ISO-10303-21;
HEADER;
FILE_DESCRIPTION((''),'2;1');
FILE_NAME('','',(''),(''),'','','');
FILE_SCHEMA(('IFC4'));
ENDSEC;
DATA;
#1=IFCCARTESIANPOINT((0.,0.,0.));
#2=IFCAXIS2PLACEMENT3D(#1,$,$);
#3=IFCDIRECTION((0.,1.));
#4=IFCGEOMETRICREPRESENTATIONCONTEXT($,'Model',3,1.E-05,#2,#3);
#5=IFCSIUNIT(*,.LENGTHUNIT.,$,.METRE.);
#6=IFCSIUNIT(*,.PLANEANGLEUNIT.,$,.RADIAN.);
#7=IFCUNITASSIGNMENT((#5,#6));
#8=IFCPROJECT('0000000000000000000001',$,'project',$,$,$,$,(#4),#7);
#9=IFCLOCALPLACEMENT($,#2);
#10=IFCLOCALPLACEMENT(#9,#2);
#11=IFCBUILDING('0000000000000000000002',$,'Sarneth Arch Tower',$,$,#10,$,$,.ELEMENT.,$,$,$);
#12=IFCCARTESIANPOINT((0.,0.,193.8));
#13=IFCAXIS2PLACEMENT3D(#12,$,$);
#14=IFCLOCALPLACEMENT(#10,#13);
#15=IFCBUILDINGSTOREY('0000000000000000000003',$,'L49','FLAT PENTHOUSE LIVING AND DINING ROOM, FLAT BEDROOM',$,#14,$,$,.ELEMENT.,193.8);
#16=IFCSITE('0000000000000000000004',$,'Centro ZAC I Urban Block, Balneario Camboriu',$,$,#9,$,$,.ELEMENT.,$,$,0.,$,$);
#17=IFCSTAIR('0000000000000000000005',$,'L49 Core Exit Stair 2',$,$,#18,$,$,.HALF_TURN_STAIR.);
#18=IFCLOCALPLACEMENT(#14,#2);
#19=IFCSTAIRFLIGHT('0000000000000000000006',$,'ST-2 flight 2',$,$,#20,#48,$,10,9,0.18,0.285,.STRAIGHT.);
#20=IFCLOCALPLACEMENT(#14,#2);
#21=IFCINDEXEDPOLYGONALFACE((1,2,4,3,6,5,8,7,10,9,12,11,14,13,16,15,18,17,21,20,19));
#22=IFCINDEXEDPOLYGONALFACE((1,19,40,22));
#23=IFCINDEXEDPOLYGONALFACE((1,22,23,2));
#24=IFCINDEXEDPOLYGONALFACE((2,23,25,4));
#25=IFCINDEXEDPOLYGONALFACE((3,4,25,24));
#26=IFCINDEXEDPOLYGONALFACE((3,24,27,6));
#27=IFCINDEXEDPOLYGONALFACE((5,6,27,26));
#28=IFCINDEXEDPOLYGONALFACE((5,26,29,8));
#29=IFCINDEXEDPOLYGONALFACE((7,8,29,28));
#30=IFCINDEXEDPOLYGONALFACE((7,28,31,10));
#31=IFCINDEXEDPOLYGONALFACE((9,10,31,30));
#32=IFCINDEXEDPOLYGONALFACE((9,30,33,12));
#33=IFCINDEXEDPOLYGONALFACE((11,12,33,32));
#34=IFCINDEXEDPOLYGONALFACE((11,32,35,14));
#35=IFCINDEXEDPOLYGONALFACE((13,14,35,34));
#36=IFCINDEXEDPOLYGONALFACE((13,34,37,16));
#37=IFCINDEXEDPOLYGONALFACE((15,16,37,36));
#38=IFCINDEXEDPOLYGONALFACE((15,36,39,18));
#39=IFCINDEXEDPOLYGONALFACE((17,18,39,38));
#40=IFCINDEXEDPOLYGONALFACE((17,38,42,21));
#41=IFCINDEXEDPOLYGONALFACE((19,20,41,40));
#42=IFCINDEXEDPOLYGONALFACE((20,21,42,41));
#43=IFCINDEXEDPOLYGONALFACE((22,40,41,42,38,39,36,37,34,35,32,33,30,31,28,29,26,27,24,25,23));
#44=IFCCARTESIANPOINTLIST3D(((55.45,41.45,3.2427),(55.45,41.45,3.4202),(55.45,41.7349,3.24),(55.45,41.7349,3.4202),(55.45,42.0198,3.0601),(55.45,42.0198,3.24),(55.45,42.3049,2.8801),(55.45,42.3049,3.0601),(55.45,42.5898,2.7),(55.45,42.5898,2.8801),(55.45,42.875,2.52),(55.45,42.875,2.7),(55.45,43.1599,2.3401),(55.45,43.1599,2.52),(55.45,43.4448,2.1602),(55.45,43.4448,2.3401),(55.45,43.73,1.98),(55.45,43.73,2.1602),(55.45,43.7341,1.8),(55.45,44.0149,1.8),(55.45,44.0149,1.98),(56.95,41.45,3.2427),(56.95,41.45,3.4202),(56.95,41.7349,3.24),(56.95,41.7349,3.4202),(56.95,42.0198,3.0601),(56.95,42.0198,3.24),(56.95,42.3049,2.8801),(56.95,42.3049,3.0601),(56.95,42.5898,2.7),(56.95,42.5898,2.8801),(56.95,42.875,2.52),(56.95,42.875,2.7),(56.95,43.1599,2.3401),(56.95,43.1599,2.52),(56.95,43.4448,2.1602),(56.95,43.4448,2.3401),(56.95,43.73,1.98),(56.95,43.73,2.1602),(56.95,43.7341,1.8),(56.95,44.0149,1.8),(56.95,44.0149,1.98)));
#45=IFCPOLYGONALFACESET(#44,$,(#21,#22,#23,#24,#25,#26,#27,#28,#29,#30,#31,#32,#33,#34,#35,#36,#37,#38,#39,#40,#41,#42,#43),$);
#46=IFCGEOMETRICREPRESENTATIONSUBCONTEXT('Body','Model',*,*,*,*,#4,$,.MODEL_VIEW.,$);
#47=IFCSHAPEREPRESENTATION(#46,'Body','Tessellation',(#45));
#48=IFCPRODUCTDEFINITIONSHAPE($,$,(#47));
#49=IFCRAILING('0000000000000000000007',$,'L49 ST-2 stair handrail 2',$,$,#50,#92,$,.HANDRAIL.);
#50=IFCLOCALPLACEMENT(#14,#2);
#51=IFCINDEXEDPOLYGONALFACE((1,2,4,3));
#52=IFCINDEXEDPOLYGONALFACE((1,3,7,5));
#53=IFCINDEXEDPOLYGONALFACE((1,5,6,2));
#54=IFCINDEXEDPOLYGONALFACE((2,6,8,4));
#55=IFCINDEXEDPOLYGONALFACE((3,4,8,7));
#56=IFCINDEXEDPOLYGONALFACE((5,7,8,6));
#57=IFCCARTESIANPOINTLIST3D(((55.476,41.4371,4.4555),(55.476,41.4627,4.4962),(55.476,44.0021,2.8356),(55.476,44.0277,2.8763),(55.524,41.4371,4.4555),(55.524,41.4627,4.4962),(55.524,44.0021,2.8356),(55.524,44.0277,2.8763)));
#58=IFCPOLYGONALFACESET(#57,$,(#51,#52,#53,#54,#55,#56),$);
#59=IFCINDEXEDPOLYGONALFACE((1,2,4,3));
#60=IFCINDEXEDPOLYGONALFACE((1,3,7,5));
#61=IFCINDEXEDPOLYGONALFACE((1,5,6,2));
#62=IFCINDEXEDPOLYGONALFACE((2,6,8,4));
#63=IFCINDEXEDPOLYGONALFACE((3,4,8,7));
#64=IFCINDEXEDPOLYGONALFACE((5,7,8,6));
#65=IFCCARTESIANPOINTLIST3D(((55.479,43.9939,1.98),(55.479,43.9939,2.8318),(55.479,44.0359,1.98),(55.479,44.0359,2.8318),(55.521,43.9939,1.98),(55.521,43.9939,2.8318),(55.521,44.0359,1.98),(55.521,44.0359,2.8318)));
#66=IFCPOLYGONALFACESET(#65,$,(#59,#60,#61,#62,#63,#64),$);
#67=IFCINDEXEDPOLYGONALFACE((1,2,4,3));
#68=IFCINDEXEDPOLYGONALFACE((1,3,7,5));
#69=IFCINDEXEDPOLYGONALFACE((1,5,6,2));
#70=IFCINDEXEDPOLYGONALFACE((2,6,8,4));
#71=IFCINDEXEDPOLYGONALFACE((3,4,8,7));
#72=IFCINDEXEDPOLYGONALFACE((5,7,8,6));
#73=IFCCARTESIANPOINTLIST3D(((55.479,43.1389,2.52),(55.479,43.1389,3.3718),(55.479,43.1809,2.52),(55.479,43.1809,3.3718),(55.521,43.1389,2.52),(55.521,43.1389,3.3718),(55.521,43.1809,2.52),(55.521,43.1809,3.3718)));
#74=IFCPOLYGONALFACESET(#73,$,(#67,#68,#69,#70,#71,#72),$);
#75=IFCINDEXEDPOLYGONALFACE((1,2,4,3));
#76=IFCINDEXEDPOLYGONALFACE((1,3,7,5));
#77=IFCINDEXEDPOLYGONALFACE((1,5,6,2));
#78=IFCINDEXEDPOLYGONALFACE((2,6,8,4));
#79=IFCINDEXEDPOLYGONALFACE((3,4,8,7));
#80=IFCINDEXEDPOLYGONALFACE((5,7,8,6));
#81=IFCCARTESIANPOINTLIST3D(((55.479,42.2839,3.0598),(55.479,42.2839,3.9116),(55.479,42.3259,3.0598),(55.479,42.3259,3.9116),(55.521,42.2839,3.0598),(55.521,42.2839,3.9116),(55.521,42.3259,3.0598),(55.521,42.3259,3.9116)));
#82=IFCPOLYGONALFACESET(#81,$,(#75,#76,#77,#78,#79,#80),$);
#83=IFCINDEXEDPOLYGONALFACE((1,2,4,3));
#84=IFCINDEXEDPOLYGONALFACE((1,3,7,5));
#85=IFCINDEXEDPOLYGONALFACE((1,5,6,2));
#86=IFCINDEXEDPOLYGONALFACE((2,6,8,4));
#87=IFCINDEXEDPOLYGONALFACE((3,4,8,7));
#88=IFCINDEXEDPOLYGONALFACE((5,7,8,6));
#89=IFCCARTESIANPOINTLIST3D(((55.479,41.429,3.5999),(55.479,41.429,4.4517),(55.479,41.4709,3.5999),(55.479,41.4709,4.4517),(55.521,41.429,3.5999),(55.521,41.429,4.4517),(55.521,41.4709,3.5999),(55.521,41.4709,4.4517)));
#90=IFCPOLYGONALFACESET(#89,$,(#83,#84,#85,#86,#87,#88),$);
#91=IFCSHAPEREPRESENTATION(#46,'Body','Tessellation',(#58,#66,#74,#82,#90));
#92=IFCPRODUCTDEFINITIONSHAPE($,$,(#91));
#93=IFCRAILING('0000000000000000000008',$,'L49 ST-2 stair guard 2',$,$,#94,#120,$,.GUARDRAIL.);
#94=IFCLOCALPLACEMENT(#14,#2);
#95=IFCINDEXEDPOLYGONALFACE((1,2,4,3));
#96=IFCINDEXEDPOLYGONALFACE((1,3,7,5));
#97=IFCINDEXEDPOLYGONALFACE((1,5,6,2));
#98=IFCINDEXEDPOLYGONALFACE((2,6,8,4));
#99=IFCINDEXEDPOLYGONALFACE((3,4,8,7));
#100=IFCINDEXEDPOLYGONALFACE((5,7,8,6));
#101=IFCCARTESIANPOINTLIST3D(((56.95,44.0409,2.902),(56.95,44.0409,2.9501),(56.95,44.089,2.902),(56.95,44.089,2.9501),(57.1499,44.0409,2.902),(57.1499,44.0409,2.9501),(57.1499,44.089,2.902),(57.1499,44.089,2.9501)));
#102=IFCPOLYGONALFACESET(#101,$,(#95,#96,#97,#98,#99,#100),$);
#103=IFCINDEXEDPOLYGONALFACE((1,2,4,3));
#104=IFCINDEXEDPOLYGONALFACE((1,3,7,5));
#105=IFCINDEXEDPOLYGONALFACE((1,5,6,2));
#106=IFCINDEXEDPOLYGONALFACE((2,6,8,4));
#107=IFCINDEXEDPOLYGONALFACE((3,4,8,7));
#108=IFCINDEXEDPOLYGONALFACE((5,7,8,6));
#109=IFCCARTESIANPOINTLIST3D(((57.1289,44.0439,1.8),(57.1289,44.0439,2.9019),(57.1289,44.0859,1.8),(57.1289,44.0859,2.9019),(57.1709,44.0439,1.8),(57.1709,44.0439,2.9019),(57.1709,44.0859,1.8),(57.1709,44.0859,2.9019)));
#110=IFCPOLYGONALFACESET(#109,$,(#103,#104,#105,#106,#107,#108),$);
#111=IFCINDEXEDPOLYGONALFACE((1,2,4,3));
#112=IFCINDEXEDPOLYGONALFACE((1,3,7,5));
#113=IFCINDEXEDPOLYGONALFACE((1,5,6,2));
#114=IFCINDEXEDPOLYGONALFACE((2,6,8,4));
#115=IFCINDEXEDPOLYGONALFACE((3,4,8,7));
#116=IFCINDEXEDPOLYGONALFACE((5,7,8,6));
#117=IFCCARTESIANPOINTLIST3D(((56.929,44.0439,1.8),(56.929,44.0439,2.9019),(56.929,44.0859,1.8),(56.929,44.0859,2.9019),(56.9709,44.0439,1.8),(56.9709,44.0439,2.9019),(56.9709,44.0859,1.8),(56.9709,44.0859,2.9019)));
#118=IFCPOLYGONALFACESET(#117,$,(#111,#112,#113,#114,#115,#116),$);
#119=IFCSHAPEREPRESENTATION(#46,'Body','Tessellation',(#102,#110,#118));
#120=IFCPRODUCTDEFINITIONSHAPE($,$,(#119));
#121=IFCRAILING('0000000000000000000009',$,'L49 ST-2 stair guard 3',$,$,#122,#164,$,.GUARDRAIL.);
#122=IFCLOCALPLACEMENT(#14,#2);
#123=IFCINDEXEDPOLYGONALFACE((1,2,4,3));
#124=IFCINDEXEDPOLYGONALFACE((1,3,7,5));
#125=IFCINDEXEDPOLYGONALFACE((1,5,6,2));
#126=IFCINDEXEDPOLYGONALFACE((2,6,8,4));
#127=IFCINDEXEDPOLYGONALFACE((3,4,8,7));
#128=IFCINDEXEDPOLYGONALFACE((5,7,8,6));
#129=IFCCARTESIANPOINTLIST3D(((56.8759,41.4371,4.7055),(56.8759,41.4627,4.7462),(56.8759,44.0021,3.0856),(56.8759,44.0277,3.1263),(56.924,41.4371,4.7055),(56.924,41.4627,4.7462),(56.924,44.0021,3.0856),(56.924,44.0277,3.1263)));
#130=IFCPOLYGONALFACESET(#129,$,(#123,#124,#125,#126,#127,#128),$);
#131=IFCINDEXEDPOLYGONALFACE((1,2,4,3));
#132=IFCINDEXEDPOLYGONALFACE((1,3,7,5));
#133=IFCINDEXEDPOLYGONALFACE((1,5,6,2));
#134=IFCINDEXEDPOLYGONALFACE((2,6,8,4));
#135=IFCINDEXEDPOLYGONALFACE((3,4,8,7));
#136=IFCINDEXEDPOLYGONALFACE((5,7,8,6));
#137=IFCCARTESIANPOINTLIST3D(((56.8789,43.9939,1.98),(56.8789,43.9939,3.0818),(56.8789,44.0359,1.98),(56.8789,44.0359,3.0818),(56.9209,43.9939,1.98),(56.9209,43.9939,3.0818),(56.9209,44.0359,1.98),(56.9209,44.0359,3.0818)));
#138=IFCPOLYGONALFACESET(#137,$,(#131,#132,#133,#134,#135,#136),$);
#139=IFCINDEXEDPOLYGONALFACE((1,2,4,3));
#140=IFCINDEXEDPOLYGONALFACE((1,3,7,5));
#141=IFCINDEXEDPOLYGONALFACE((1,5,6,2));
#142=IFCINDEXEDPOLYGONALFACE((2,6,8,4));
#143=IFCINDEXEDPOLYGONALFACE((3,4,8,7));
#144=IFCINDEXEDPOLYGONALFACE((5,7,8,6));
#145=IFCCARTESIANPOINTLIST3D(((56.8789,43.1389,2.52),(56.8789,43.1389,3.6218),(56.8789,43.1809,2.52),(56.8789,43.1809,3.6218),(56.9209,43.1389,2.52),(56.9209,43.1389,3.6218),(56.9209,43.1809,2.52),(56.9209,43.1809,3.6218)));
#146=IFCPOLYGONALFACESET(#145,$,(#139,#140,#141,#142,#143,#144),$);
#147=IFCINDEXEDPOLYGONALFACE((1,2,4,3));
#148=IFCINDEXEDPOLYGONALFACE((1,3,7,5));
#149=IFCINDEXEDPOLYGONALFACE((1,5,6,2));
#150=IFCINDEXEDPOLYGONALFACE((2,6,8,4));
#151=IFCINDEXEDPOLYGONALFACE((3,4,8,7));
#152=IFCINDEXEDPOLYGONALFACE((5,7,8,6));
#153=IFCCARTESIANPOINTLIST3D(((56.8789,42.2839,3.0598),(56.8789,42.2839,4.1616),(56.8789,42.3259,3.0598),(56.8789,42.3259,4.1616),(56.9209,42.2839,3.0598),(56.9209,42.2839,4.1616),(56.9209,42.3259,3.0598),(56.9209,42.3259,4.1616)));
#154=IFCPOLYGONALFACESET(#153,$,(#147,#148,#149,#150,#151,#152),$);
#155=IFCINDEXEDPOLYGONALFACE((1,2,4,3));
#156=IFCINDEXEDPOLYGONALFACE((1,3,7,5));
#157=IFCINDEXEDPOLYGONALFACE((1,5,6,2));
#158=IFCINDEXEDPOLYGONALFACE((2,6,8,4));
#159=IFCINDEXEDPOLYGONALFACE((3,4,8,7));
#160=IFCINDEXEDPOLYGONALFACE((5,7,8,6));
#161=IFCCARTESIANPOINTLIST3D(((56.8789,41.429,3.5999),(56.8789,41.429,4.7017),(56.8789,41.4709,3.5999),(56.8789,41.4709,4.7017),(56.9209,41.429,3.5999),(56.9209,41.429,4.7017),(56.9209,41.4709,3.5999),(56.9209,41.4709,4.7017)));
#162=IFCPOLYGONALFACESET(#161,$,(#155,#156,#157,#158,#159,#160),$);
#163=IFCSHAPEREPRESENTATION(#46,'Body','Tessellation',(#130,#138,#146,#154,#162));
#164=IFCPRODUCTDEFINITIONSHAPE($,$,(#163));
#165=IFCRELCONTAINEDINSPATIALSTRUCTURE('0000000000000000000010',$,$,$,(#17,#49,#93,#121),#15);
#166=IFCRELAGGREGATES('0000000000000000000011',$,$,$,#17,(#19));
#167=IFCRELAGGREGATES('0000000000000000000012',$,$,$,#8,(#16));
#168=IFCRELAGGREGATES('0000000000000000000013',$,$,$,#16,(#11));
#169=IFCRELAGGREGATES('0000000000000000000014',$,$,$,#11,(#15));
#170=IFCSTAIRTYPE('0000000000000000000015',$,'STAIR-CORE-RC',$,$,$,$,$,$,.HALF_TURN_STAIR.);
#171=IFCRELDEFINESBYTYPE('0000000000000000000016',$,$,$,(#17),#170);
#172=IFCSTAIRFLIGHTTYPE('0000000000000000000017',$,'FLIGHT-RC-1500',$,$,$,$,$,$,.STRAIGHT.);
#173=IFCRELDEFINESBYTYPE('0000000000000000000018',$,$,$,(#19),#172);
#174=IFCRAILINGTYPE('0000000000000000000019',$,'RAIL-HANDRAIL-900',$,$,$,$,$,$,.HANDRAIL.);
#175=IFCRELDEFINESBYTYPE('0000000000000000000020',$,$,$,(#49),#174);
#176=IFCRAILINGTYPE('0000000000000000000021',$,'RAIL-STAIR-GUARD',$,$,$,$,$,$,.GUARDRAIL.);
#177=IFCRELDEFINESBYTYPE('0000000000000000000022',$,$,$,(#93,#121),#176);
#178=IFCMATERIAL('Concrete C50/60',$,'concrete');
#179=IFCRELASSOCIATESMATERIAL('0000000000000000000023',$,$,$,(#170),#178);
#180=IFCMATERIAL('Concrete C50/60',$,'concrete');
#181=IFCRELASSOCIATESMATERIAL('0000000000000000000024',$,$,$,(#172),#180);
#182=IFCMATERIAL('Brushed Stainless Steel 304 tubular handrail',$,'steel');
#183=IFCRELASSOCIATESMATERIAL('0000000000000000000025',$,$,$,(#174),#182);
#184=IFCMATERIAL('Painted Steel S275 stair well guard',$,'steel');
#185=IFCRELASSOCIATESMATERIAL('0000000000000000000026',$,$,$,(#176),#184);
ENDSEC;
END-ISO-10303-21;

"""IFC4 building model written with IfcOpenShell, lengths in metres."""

from ifc_helpers import new_model, si_unit, direction, frame, origin, origin_2d, place, context, subcontext, project, spatial, polyline, rectangle, outline, extrude, material, type_object, element, aggregate, save


model = new_model("IFC4")

# Units and contexts
model_context = context("Model", 3, precision=1e-05, world=origin(), true_north=direction((0.0, 1.0)))
body_context = subcontext(model_context, "Body", "Model", "MODEL_VIEW")
ifc_project = project(units=[si_unit("LENGTHUNIT", "METRE"), si_unit("PLANEANGLEUNIT", "RADIAN")], contexts=[model_context])

# Site, building, storey
site_placement = place(None, origin())
site = spatial("IfcSite", under=ifc_project, at=site_placement, Name="Centro ZAC I Urban Block, Balneario Camboriu", CompositionType="ELEMENT", RefElevation=0.0)
building_placement = place(site_placement, origin())
building = spatial("IfcBuilding", under=site, at=building_placement, Name="Sarneth Arch Tower", CompositionType="ELEMENT")
storey_placement = place(building_placement, frame((0.0, 0.0, 193.8)))
storey = spatial("IfcBuildingStorey", under=building, at=storey_placement, Name="L49", Description="FLAT PENTHOUSE LIVING AND DINING ROOM, FLAT BEDROOM", CompositionType="ELEMENT", Elevation=193.8)

# Stair, stair flight
ifc_material_1 = material(Name="Concrete C50/60", Category="concrete")
stair_type = type_object("IfcStairType", Name="STAIR-CORE-RC", PredefinedType="HALF_TURN_STAIR", material=ifc_material_1)
stair_placement = place(storey_placement, origin())
stair = element("IfcStair", 1, at=stair_placement, inside=storey, type_object=stair_type, Name="L49 Core Exit Stair 2", PredefinedType="HALF_TURN_STAIR")
ifc_material_2 = material(Name="Concrete C50/60", Category="concrete")
stair_flight_type = type_object("IfcStairFlightType", Name="FLIGHT-RC-1500", PredefinedType="STRAIGHT", material=ifc_material_2)
stair_flight_placement = place(storey_placement, frame((56.2, 44.0149, 1.8), z_axis=(0.0, 0.0, 1.0), x_axis=(0.0, -1.0, 0.0)))
stair_flight = element("IfcStairFlight", 2, at=stair_flight_placement, type_object=stair_flight_type, Name="ST-2 flight 2", NumberOfRisers=10, NumberOfTreads=9, PredefinedType="STRAIGHT", RiserHeight=0.18, TreadLength=0.285, context=body_context, shape_type="SweptSolid", body=[
    extrude(outline(polyline([(0.0, 0.0), (0.0, 0.1799), (0.2849, 0.1799), (0.2849, 0.3601), (0.5701, 0.3601), (0.5701, 0.54), (0.855, 0.54), (0.855, 0.72), (1.1399, 0.72), (1.1399, 0.8999), (1.425, 0.8999), (1.425, 1.0801), (1.71, 1.0801), (1.71, 1.26), (1.9951, 1.26), (1.9951, 1.4399), (2.28, 1.4399), (2.28, 1.6201), (2.5649, 1.6201), (2.5649, 1.8), (2.5649, 1.4426), (0.2808, 0.0), (0.0, 0.0)])), frame((0.0, 0.75, 0.0), z_axis=(0.0, -1.0, 0.0), x_axis=(1.0, 0.0, 0.0)), (0.0, 0.0, 1.0), 1.5),
])
aggregate(stair, [stair_flight])

# Railings
ifc_material_3 = material(Name="Brushed Stainless Steel 304 tubular handrail", Category="steel")
railing_type_1 = type_object("IfcRailingType", Name="RAIL-HANDRAIL-900", PredefinedType="HANDRAIL", material=ifc_material_3)
railing_1_placement = place(storey_placement, frame((55.5, 44.0149, 1.98)))
element("IfcRailing", 3, at=railing_1_placement, inside=storey, type_object=railing_type_1, Name="L49 ST-2 stair handrail 2", PredefinedType="HANDRAIL", context=body_context, shape_type="SweptSolid", body=[
    extrude(rectangle(XDim=0.0481, YDim=0.0481, at=origin_2d()), frame((0.0, 0.0, 0.876), z_axis=(0.0, -0.845502, 0.533972), x_axis=(1.0, 0.0, 0.0)), (0.0, 0.0, 1.0), 3.0337),
    extrude(rectangle(XDim=0.042, YDim=0.042, at=origin_2d()), origin(), (0.0, 0.0, 1.0), 0.8518),
    extrude(rectangle(XDim=0.042, YDim=0.042, at=origin_2d()), frame((0.0, -0.855, 0.54)), (0.0, 0.0, 1.0), 0.8518),
    extrude(rectangle(XDim=0.042, YDim=0.042, at=origin_2d()), frame((0.0, -1.71, 1.0798)), (0.0, 0.0, 1.0), 0.8518),
    extrude(rectangle(XDim=0.042, YDim=0.042, at=origin_2d()), frame((0.0, -2.5649, 1.6199)), (0.0, 0.0, 1.0), 0.8518),
])
ifc_material_4 = material(Name="Painted Steel S275 stair well guard", Category="steel")
railing_type_2 = type_object("IfcRailingType", Name="RAIL-STAIR-GUARD", PredefinedType="GUARDRAIL", material=ifc_material_4)
railing_2_placement = place(storey_placement, frame((57.1499, 44.0649, 1.8)))
element("IfcRailing", 4, at=railing_2_placement, inside=storey, type_object=railing_type_2, Name="L49 ST-2 stair guard 2", PredefinedType="GUARDRAIL", context=body_context, shape_type="SweptSolid", body=[
    extrude(rectangle(XDim=0.0481, YDim=0.0481, at=origin_2d()), frame((0.0, 0.0, 1.126), z_axis=(-1.0, 0.0, 0.0), x_axis=(0.0, -1.0, 0.0)), (0.0, 0.0, 1.0), 0.2),
    extrude(rectangle(XDim=0.042, YDim=0.042, at=origin_2d()), origin(), (0.0, 0.0, 1.0), 1.1018),
    extrude(rectangle(XDim=0.042, YDim=0.042, at=origin_2d()), frame((-0.2, 0.0, 0.0)), (0.0, 0.0, 1.0), 1.1018),
])
railing_3_placement = place(storey_placement, frame((56.8999, 44.0149, 1.98)))
element("IfcRailing", 5, at=railing_3_placement, inside=storey, type_object=railing_type_2, Name="L49 ST-2 stair guard 3", PredefinedType="GUARDRAIL", context=body_context, shape_type="SweptSolid", body=[
    extrude(rectangle(XDim=0.0481, YDim=0.0481, at=origin_2d()), frame((0.0, 0.0, 1.126), z_axis=(0.0, -0.845502, 0.533972), x_axis=(1.0, 0.0, 0.0)), (0.0, 0.0, 1.0), 3.0337),
    extrude(rectangle(XDim=0.042, YDim=0.042, at=origin_2d()), origin(), (0.0, 0.0, 1.0), 1.1018),
    extrude(rectangle(XDim=0.042, YDim=0.042, at=origin_2d()), frame((0.0, -0.855, 0.54)), (0.0, 0.0, 1.0), 1.1018),
    extrude(rectangle(XDim=0.042, YDim=0.042, at=origin_2d()), frame((0.0, -1.71, 1.0798)), (0.0, 0.0, 1.0), 1.1018),
    extrude(rectangle(XDim=0.042, YDim=0.042, at=origin_2d()), frame((0.0, -2.5649, 1.6199)), (0.0, 0.0, 1.0), 1.1018),
])

save(model, "model.ifc")
